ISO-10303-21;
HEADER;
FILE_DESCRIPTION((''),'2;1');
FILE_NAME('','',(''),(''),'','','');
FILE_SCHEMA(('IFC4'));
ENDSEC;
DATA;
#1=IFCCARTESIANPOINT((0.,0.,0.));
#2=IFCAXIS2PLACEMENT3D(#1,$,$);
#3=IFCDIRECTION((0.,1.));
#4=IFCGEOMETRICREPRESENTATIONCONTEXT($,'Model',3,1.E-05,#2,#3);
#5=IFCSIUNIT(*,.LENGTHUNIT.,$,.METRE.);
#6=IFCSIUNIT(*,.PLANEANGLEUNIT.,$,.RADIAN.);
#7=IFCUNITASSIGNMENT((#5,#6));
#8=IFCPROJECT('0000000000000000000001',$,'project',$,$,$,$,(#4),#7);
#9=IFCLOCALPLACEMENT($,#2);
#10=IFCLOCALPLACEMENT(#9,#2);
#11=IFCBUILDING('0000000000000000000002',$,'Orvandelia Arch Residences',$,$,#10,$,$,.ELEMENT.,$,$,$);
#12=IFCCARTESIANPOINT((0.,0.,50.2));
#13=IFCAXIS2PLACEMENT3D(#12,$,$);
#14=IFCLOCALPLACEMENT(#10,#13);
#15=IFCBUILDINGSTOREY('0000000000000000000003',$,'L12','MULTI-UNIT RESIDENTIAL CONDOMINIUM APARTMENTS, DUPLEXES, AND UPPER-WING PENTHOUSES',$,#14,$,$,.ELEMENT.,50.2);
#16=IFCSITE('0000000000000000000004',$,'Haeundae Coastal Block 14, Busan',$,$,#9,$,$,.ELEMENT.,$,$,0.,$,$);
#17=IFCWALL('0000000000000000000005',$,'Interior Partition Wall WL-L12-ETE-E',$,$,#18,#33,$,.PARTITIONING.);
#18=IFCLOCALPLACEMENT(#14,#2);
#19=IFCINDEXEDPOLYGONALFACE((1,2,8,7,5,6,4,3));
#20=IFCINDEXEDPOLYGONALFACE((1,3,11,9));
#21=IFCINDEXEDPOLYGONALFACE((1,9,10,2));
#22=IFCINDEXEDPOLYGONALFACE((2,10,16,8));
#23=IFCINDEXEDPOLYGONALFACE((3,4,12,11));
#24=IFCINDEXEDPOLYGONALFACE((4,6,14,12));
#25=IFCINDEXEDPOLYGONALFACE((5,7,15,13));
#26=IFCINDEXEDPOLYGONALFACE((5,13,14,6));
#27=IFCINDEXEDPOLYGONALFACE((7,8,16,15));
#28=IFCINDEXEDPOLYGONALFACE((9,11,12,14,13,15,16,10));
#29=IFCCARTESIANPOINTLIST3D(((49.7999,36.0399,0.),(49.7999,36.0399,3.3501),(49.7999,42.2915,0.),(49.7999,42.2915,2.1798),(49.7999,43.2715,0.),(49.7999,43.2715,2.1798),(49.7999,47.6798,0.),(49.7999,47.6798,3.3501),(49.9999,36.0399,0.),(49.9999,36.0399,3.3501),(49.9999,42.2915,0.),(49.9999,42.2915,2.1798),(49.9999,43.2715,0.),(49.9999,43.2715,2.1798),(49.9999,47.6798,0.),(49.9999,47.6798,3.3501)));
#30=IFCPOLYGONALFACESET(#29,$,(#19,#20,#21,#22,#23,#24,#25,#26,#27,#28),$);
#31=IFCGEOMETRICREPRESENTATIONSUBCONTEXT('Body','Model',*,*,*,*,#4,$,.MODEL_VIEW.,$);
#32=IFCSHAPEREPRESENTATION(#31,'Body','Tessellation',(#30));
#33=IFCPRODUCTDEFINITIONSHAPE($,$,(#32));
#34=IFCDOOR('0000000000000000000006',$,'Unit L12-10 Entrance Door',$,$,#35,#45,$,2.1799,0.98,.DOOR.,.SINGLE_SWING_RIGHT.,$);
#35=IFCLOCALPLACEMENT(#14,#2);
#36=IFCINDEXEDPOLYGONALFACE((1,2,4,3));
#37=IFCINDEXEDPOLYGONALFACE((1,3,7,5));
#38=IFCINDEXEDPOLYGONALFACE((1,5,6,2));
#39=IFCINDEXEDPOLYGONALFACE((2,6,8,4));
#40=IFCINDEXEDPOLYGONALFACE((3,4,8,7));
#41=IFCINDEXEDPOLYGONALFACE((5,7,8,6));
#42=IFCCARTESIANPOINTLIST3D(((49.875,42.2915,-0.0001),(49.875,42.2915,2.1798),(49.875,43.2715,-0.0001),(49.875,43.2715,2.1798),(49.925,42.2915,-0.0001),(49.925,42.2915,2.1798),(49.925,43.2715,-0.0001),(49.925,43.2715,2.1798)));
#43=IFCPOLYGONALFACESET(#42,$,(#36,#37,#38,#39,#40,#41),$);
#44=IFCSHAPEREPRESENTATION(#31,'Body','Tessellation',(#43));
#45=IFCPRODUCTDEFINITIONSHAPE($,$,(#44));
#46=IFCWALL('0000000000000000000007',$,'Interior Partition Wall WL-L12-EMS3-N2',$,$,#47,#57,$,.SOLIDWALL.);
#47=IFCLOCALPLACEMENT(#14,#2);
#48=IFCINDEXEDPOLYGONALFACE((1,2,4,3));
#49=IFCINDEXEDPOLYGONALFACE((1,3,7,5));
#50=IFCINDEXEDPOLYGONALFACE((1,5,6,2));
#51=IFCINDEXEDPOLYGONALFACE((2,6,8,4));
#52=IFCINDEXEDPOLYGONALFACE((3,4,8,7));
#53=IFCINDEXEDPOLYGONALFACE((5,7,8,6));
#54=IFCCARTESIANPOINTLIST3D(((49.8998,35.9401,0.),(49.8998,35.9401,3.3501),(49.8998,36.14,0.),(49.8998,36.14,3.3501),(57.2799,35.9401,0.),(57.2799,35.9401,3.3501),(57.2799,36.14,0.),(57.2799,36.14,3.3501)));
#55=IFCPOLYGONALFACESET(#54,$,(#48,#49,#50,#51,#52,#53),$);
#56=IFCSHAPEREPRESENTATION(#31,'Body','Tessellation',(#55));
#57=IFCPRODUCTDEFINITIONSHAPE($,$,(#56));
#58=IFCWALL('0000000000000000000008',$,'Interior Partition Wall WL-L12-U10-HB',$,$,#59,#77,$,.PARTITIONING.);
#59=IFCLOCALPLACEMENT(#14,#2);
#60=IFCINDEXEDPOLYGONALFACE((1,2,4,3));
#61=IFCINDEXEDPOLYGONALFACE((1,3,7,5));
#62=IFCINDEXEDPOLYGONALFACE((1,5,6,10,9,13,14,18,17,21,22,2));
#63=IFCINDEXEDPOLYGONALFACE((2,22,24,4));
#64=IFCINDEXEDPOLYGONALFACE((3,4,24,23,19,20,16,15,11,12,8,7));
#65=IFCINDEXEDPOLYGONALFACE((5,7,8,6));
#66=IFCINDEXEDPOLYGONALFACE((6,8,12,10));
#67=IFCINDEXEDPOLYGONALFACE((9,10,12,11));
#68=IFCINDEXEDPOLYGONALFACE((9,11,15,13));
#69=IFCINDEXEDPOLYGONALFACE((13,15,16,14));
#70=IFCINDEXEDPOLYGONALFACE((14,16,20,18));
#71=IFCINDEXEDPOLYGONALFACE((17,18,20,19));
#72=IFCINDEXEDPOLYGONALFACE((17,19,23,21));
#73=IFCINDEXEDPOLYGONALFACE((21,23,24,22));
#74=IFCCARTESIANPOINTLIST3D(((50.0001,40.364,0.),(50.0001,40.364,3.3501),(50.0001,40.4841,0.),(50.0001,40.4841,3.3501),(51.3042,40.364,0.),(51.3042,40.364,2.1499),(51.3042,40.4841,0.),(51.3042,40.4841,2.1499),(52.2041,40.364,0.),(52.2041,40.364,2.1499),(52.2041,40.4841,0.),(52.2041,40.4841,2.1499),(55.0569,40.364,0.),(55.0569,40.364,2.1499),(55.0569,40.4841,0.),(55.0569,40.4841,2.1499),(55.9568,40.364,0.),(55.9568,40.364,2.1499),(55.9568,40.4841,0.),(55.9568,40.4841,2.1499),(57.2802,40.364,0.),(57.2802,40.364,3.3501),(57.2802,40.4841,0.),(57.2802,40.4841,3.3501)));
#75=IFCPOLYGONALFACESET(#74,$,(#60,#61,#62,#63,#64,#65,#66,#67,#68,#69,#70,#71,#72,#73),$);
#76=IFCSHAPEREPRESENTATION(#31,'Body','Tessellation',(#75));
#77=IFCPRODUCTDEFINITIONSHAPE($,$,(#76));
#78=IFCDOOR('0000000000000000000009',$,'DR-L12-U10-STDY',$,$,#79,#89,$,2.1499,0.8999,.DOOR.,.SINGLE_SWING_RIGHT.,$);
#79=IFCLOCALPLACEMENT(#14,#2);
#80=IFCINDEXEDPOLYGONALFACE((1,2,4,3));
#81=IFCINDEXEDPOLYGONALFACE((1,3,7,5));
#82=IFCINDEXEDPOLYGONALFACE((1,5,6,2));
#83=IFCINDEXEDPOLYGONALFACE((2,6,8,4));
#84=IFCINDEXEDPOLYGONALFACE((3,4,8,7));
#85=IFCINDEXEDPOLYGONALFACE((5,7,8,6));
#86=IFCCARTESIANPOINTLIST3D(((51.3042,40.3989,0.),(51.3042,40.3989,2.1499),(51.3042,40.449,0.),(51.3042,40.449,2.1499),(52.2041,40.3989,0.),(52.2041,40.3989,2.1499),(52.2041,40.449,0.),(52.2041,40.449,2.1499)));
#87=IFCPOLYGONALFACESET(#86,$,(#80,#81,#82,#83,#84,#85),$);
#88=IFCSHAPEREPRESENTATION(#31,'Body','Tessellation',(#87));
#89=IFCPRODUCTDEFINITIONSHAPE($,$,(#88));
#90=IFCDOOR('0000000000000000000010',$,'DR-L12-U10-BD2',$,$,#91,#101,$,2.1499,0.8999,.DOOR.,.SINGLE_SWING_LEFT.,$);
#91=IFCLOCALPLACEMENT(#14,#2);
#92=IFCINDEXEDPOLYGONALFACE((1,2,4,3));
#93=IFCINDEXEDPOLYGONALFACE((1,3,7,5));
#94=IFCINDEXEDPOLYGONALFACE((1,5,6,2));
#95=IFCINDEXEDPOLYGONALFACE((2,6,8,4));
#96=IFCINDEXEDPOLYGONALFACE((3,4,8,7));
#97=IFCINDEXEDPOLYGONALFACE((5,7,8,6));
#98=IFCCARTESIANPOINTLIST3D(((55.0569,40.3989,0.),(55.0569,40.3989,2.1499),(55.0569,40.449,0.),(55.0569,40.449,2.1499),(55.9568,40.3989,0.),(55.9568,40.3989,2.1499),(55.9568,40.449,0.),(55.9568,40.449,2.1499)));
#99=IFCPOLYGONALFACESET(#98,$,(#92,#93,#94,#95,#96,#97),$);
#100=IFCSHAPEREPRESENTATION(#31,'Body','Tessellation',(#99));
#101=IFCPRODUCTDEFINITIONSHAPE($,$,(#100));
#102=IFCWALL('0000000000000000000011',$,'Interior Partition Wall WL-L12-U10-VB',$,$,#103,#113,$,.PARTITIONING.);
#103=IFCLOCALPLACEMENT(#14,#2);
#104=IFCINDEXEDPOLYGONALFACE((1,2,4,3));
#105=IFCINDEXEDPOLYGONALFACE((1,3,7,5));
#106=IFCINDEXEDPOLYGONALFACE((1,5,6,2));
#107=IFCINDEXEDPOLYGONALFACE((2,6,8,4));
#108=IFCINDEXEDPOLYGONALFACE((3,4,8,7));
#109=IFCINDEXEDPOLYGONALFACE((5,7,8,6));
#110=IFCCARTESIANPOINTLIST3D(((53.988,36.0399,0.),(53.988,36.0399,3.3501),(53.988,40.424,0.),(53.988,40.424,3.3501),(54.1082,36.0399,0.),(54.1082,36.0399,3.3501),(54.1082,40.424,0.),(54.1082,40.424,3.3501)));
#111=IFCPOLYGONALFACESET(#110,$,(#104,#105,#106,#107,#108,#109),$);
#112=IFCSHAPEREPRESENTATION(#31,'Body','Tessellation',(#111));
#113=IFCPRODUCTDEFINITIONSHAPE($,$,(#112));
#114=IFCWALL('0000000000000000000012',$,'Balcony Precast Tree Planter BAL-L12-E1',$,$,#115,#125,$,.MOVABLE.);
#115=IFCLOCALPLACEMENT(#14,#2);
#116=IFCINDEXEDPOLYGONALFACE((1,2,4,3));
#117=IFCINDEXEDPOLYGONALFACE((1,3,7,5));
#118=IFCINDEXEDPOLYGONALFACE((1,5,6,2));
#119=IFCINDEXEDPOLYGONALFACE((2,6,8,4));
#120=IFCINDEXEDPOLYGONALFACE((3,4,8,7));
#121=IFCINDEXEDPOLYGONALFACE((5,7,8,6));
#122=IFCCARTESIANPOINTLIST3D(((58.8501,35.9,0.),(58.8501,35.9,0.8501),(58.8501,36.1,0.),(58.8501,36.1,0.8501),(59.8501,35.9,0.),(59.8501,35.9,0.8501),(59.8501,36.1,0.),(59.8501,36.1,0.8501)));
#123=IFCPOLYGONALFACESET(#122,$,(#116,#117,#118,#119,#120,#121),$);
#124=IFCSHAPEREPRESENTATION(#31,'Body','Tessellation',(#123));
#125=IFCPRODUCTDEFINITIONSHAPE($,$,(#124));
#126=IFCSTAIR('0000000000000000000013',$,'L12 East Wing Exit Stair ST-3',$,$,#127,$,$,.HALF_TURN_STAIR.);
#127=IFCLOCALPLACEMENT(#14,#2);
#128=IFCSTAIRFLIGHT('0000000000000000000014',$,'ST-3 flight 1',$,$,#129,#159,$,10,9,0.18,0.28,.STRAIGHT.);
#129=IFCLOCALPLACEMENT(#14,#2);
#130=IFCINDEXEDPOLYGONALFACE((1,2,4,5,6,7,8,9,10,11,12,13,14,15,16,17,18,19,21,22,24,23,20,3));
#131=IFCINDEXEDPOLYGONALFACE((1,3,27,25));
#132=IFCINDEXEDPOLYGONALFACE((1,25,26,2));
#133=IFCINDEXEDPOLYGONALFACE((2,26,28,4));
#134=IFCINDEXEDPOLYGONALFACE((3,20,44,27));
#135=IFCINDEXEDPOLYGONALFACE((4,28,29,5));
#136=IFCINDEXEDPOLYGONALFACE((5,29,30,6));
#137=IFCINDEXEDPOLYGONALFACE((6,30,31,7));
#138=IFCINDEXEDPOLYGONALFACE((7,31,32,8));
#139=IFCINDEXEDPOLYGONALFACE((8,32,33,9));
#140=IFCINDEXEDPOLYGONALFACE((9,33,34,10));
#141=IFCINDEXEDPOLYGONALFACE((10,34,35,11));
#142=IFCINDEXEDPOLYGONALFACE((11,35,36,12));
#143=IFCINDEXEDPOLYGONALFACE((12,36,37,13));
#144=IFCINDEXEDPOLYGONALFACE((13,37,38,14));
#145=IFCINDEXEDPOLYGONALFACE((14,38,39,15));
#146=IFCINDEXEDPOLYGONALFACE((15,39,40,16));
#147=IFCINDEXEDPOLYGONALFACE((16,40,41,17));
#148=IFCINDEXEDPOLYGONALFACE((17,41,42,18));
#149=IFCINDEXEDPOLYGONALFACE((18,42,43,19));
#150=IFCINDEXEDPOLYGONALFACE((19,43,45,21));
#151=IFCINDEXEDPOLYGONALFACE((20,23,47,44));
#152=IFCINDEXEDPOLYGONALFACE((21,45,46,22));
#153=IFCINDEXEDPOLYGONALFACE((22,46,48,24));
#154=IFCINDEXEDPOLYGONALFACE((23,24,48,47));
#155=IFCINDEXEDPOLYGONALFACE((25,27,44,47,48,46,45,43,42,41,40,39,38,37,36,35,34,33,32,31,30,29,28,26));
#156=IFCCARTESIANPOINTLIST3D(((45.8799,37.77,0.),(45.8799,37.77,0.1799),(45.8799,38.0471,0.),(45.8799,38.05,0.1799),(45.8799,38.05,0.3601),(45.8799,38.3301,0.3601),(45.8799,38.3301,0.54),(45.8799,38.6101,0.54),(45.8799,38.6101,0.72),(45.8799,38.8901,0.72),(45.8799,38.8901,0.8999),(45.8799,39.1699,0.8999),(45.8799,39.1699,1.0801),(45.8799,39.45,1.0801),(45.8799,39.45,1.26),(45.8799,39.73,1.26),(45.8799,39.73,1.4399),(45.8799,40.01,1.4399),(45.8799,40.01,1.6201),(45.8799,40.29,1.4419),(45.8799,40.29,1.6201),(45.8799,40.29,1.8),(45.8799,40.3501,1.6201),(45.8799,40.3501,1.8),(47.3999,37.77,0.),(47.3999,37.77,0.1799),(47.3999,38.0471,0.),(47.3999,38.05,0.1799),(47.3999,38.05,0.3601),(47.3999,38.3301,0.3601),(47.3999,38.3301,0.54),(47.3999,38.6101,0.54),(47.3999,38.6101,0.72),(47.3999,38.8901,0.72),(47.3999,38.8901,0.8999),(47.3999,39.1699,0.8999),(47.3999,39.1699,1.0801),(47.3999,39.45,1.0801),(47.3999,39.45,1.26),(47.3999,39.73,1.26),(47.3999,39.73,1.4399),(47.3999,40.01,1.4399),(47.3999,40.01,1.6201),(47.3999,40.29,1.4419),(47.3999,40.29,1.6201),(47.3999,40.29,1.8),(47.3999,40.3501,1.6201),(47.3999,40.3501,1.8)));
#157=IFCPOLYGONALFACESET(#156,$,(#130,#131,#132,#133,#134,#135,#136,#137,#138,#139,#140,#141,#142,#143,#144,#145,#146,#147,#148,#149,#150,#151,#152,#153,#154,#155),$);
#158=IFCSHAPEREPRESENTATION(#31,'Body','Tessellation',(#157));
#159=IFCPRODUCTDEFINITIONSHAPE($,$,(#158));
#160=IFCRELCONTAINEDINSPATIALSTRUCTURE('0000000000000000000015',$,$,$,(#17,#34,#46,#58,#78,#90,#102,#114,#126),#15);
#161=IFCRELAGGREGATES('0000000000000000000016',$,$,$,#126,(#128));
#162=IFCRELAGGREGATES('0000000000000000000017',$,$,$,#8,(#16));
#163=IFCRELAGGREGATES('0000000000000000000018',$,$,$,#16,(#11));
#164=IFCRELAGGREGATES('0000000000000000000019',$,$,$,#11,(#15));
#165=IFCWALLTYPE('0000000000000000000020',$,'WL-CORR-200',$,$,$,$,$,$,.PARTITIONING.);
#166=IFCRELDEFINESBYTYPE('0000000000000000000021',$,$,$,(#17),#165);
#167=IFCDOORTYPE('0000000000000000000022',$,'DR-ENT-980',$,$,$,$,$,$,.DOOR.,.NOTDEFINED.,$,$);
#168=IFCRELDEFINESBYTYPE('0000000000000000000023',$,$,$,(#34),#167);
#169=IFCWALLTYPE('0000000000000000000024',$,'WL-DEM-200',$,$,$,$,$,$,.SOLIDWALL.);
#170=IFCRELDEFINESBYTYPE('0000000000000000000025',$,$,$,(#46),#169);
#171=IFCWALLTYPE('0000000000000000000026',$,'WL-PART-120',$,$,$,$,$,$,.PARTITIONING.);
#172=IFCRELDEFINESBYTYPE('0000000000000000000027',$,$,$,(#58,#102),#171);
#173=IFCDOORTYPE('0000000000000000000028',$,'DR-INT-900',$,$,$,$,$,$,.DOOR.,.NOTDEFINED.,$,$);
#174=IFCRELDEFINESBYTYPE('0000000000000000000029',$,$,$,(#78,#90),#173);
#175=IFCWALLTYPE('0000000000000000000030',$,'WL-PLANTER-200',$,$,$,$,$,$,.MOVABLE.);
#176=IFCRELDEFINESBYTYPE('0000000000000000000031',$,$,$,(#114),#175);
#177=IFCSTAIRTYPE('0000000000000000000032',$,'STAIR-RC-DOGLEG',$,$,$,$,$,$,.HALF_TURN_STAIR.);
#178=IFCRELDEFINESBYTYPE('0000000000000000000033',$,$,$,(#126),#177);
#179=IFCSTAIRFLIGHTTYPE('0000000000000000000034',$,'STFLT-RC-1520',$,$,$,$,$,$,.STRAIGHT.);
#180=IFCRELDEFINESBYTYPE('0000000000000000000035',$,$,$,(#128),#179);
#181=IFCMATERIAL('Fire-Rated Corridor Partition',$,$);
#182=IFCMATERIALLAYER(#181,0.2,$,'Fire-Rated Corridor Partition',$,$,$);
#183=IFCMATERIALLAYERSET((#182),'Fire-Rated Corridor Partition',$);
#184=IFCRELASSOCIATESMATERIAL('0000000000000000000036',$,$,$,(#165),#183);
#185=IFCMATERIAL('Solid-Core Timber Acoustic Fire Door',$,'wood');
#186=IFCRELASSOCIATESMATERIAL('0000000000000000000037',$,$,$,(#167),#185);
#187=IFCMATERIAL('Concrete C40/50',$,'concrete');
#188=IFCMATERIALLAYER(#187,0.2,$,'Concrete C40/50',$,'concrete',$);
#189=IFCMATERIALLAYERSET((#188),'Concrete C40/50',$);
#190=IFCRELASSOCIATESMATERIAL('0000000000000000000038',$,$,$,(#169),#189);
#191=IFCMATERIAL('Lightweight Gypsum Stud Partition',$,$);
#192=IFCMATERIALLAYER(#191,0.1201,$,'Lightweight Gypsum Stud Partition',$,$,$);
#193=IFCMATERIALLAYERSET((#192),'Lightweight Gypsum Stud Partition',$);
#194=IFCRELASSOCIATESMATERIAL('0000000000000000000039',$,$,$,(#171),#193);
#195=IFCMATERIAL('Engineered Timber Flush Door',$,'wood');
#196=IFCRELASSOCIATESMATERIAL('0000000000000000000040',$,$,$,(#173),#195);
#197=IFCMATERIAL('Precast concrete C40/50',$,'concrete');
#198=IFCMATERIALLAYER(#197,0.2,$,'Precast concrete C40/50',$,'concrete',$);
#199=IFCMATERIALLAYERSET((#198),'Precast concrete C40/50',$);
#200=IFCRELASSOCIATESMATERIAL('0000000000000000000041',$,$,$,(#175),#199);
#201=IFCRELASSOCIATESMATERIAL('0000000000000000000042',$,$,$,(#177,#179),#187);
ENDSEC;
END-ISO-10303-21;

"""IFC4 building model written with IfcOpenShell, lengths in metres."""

from ifc_helpers import new_model, si_unit, direction, frame, frame_2d, origin, place, context, subcontext, project, spatial, polyline, rectangle, outline, extrude, material, layer, layer_set, type_object, element, fill, aggregate, save


model = new_model("IFC4")

# Units and contexts
model_context = context("Model", 3, precision=1e-05, world=origin(), true_north=direction((0.0, 1.0)))
body_context = subcontext(model_context, "Body", "Model", "MODEL_VIEW")
ifc_project = project(units=[si_unit("LENGTHUNIT", "METRE"), si_unit("PLANEANGLEUNIT", "RADIAN")], contexts=[model_context])

# Site, building, storey
site_placement = place(None, origin())
site = spatial("IfcSite", under=ifc_project, at=site_placement, Name="Haeundae Coastal Block 14, Busan", CompositionType="ELEMENT", RefElevation=0.0)
building_placement = place(site_placement, origin())
building = spatial("IfcBuilding", under=site, at=building_placement, Name="Orvandelia Arch Residences", CompositionType="ELEMENT")
storey_placement = place(building_placement, frame((0.0, 0.0, 50.2)))
storey = spatial("IfcBuildingStorey", under=building, at=storey_placement, Name="L12", Description="MULTI-UNIT RESIDENTIAL CONDOMINIUM APARTMENTS, DUPLEXES, AND UPPER-WING PENTHOUSES", CompositionType="ELEMENT", Elevation=50.2)

# Wall, opening, door
ifc_material_1 = material(Name="Fire-Rated Corridor Partition")
ifc_layer_1 = layer(ifc_material_1, 0.2, Name="Fire-Rated Corridor Partition")
ifc_layer_set_1 = layer_set([ifc_layer_1], Name="Fire-Rated Corridor Partition")
wall_type_1 = type_object("IfcWallType", Name="WL-CORR-200", PredefinedType="PARTITIONING", material=ifc_layer_set_1)
wall_1_placement = place(storey_placement, frame((49.8999, 36.04, 0.0), z_axis=(0.0, 0.0, 1.0), x_axis=(0.0, 1.0, 0.0)))
wall_1 = element("IfcWall", 1, at=wall_1_placement, inside=storey, type_object=wall_type_1, Name="Interior Partition Wall WL-L12-ETE-E", PredefinedType="PARTITIONING", context=body_context, shape_type="SweptSolid", body=[
    extrude(rectangle(XDim=11.6399, YDim=0.2, at=frame_2d((5.8198, 0.0))), origin(), (0.0, 0.0, 1.0), 3.3501),
])
opening_1_placement = place(wall_1_placement, frame((6.2515, 0.0, 0.0)))
opening_1 = element("IfcOpeningElement", 2, at=opening_1_placement, cuts=wall_1, PredefinedType="OPENING", context=body_context, shape_type="SweptSolid", body=[
    extrude(rectangle(XDim=0.98, YDim=2.1799, at=frame_2d((0.49, 1.0898))), frame((0.0, 0.1099, 0.0), z_axis=(0.0, -1.0, 0.0), x_axis=(1.0, 0.0, 0.0)), (0.0, 0.0, 1.0), 0.22),
])
ifc_material_2 = material(Name="Solid-Core Timber Acoustic Fire Door", Category="wood")
door_type_1 = type_object("IfcDoorType", Name="DR-ENT-980", OperationType="NOTDEFINED", PredefinedType="DOOR", material=ifc_material_2)
door_1_placement = place(opening_1_placement, origin())
door_1 = element("IfcDoor", 3, at=door_1_placement, inside=storey, type_object=door_type_1, Name="Unit L12-10 Entrance Door", OperationType="SINGLE_SWING_RIGHT", OverallHeight=2.1799, OverallWidth=0.98, PredefinedType="DOOR", context=body_context, shape_type="SweptSolid", body=[
    extrude(rectangle(XDim=0.98, YDim=2.1799, at=frame_2d((0.49, 1.0898))), frame((0.0, 0.0249, 0.0), z_axis=(0.0, -1.0, 0.0), x_axis=(1.0, 0.0, 0.0)), (0.0, 0.0, 1.0), 0.05),
])
fill(opening_1, door_1)

# Wall
ifc_material_3 = material(Name="Concrete C40/50", Category="concrete")
ifc_layer_2 = layer(ifc_material_3, 0.2, Name="Concrete C40/50", Category="concrete")
ifc_layer_set_2 = layer_set([ifc_layer_2], Name="Concrete C40/50")
wall_type_2 = type_object("IfcWallType", Name="WL-DEM-200", PredefinedType="SOLIDWALL", material=ifc_layer_set_2)
wall_2_placement = place(storey_placement, frame((49.8999, 36.04, 0.0), z_axis=(0.0, 0.0, 1.0), x_axis=(1.0, 0.0, 0.0)))
element("IfcWall", 4, at=wall_2_placement, inside=storey, type_object=wall_type_2, Name="Interior Partition Wall WL-L12-EMS3-N2", PredefinedType="SOLIDWALL", context=body_context, shape_type="SweptSolid", body=[
    extrude(rectangle(XDim=7.3801, YDim=0.2, at=frame_2d((3.6899, 0.0))), origin(), (0.0, 0.0, 1.0), 3.3501),
])

# Wall, openings, doors
ifc_material_4 = material(Name="Lightweight Gypsum Stud Partition")
ifc_layer_3 = layer(ifc_material_4, 0.1201, Name="Lightweight Gypsum Stud Partition")
ifc_layer_set_3 = layer_set([ifc_layer_3], Name="Lightweight Gypsum Stud Partition")
wall_type_3 = type_object("IfcWallType", Name="WL-PART-120", PredefinedType="PARTITIONING", material=ifc_layer_set_3)
wall_3_placement = place(storey_placement, frame((50.0, 40.4241, 0.0), z_axis=(0.0, 0.0, 1.0), x_axis=(1.0, 0.0, 0.0)))
wall_3 = element("IfcWall", 5, at=wall_3_placement, inside=storey, type_object=wall_type_3, Name="Interior Partition Wall WL-L12-U10-HB", PredefinedType="PARTITIONING", context=body_context, shape_type="SweptSolid", body=[
    extrude(rectangle(XDim=7.28, YDim=0.1201, at=frame_2d((3.6401, 0.0))), origin(), (0.0, 0.0, 1.0), 3.3501),
])
opening_2_placement = place(wall_3_placement, frame((1.3042, 0.0, 0.0)))
opening_2 = element("IfcOpeningElement", 6, at=opening_2_placement, cuts=wall_3, PredefinedType="OPENING", context=body_context, shape_type="SweptSolid", body=[
    extrude(rectangle(XDim=0.8999, YDim=2.1499, at=frame_2d((0.45, 1.075))), frame((0.0, 0.0701, 0.0), z_axis=(0.0, -1.0, 0.0), x_axis=(1.0, 0.0, 0.0)), (0.0, 0.0, 1.0), 0.1401),
])
opening_3_placement = place(wall_3_placement, frame((5.0569, 0.0, 0.0)))
opening_3 = element("IfcOpeningElement", 7, at=opening_3_placement, cuts=wall_3, PredefinedType="OPENING", context=body_context, shape_type="SweptSolid", body=[
    extrude(rectangle(XDim=0.8999, YDim=2.1499, at=frame_2d((0.45, 1.075))), frame((0.0, 0.0701, 0.0), z_axis=(0.0, -1.0, 0.0), x_axis=(1.0, 0.0, 0.0)), (0.0, 0.0, 1.0), 0.1401),
])
ifc_material_5 = material(Name="Engineered Timber Flush Door", Category="wood")
door_type_2 = type_object("IfcDoorType", Name="DR-INT-900", OperationType="NOTDEFINED", PredefinedType="DOOR", material=ifc_material_5)
door_2_placement = place(opening_2_placement, origin())
door_2 = element("IfcDoor", 8, at=door_2_placement, inside=storey, type_object=door_type_2, Name="DR-L12-U10-STDY", OperationType="SINGLE_SWING_RIGHT", OverallHeight=2.1499, OverallWidth=0.8999, PredefinedType="DOOR", context=body_context, shape_type="SweptSolid", body=[
    extrude(rectangle(XDim=0.8999, YDim=2.1499, at=frame_2d((0.45, 1.075))), frame((0.0, 0.0249, 0.0), z_axis=(0.0, -1.0, 0.0), x_axis=(1.0, 0.0, 0.0)), (0.0, 0.0, 1.0), 0.05),
])
fill(opening_2, door_2)
door_3_placement = place(opening_3_placement, origin())
door_3 = element("IfcDoor", 9, at=door_3_placement, inside=storey, type_object=door_type_2, Name="DR-L12-U10-BD2", OperationType="SINGLE_SWING_LEFT", OverallHeight=2.1499, OverallWidth=0.8999, PredefinedType="DOOR", context=body_context, shape_type="SweptSolid", body=[
    extrude(rectangle(XDim=0.8999, YDim=2.1499, at=frame_2d((0.45, 1.075))), frame((0.0, 0.0249, 0.0), z_axis=(0.0, -1.0, 0.0), x_axis=(1.0, 0.0, 0.0)), (0.0, 0.0, 1.0), 0.05),
])
fill(opening_3, door_3)

# Walls
wall_4_placement = place(storey_placement, frame((54.0481, 36.04, 0.0), z_axis=(0.0, 0.0, 1.0), x_axis=(0.0, 1.0, 0.0)))
element("IfcWall", 10, at=wall_4_placement, inside=storey, type_object=wall_type_3, Name="Interior Partition Wall WL-L12-U10-VB", PredefinedType="PARTITIONING", context=body_context, shape_type="SweptSolid", body=[
    extrude(rectangle(XDim=4.384, YDim=0.1201, at=frame_2d((2.1919, 0.0))), origin(), (0.0, 0.0, 1.0), 3.3501),
])
ifc_material_6 = material(Name="Precast concrete C40/50", Category="concrete")
ifc_layer_4 = layer(ifc_material_6, 0.2, Name="Precast concrete C40/50", Category="concrete")
ifc_layer_set_4 = layer_set([ifc_layer_4], Name="Precast concrete C40/50")
wall_type_4 = type_object("IfcWallType", Name="WL-PLANTER-200", PredefinedType="MOVABLE", material=ifc_layer_set_4)
wall_5_placement = place(storey_placement, frame((58.8501, 36.0, 0.0), z_axis=(0.0, 0.0, 1.0), x_axis=(1.0, 0.0, 0.0)))
element("IfcWall", 11, at=wall_5_placement, inside=storey, type_object=wall_type_4, Name="Balcony Precast Tree Planter BAL-L12-E1", PredefinedType="MOVABLE", context=body_context, shape_type="SweptSolid", body=[
    extrude(rectangle(XDim=1.0, YDim=0.2, at=frame_2d((0.5, 0.0))), origin(), (0.0, 0.0, 1.0), 0.8501),
])

# Stair, stair flight
stair_type = type_object("IfcStairType", Name="STAIR-RC-DOGLEG", PredefinedType="HALF_TURN_STAIR", material=ifc_material_3)
stair_placement = place(storey_placement, origin())
stair = element("IfcStair", 12, at=stair_placement, inside=storey, type_object=stair_type, Name="L12 East Wing Exit Stair ST-3", PredefinedType="HALF_TURN_STAIR")
stair_flight_type = type_object("IfcStairFlightType", Name="STFLT-RC-1520", PredefinedType="STRAIGHT", material=ifc_material_3)
stair_flight_placement = place(storey_placement, frame((46.6399, 37.77, 0.0), z_axis=(0.0, 0.0, 1.0), x_axis=(0.0, 1.0, 0.0)))
stair_flight = element("IfcStairFlight", 13, at=stair_flight_placement, type_object=stair_flight_type, Name="ST-3 flight 1", NumberOfRisers=10, NumberOfTreads=9, PredefinedType="STRAIGHT", RiserHeight=0.18, TreadLength=0.28, context=body_context, shape_type="SweptSolid", body=[
    extrude(outline(polyline([(0.0, 0.0), (0.0, 0.1799), (0.28, 0.1799), (0.28, 0.3601), (0.5601, 0.3601), (0.5601, 0.54), (0.8401, 0.54), (0.8401, 0.72), (1.1201, 0.72), (1.1201, 0.8999), (1.3999, 0.8999), (1.3999, 1.0801), (1.6799, 1.0801), (1.6799, 1.26), (1.96, 1.26), (1.96, 1.4399), (2.24, 1.4399), (2.24, 1.6201), (2.52, 1.6201), (2.52, 1.8), (2.5801, 1.8), (2.5801, 1.6201), (2.52, 1.4419), (0.2771, 0.0), (0.0, 0.0)])), frame((0.0, 0.76, 0.0), z_axis=(0.0, -1.0, 0.0), x_axis=(1.0, 0.0, 0.0)), (0.0, 0.0, 1.0), 1.52),
])
aggregate(stair, [stair_flight])

save(model, "model.ifc")
